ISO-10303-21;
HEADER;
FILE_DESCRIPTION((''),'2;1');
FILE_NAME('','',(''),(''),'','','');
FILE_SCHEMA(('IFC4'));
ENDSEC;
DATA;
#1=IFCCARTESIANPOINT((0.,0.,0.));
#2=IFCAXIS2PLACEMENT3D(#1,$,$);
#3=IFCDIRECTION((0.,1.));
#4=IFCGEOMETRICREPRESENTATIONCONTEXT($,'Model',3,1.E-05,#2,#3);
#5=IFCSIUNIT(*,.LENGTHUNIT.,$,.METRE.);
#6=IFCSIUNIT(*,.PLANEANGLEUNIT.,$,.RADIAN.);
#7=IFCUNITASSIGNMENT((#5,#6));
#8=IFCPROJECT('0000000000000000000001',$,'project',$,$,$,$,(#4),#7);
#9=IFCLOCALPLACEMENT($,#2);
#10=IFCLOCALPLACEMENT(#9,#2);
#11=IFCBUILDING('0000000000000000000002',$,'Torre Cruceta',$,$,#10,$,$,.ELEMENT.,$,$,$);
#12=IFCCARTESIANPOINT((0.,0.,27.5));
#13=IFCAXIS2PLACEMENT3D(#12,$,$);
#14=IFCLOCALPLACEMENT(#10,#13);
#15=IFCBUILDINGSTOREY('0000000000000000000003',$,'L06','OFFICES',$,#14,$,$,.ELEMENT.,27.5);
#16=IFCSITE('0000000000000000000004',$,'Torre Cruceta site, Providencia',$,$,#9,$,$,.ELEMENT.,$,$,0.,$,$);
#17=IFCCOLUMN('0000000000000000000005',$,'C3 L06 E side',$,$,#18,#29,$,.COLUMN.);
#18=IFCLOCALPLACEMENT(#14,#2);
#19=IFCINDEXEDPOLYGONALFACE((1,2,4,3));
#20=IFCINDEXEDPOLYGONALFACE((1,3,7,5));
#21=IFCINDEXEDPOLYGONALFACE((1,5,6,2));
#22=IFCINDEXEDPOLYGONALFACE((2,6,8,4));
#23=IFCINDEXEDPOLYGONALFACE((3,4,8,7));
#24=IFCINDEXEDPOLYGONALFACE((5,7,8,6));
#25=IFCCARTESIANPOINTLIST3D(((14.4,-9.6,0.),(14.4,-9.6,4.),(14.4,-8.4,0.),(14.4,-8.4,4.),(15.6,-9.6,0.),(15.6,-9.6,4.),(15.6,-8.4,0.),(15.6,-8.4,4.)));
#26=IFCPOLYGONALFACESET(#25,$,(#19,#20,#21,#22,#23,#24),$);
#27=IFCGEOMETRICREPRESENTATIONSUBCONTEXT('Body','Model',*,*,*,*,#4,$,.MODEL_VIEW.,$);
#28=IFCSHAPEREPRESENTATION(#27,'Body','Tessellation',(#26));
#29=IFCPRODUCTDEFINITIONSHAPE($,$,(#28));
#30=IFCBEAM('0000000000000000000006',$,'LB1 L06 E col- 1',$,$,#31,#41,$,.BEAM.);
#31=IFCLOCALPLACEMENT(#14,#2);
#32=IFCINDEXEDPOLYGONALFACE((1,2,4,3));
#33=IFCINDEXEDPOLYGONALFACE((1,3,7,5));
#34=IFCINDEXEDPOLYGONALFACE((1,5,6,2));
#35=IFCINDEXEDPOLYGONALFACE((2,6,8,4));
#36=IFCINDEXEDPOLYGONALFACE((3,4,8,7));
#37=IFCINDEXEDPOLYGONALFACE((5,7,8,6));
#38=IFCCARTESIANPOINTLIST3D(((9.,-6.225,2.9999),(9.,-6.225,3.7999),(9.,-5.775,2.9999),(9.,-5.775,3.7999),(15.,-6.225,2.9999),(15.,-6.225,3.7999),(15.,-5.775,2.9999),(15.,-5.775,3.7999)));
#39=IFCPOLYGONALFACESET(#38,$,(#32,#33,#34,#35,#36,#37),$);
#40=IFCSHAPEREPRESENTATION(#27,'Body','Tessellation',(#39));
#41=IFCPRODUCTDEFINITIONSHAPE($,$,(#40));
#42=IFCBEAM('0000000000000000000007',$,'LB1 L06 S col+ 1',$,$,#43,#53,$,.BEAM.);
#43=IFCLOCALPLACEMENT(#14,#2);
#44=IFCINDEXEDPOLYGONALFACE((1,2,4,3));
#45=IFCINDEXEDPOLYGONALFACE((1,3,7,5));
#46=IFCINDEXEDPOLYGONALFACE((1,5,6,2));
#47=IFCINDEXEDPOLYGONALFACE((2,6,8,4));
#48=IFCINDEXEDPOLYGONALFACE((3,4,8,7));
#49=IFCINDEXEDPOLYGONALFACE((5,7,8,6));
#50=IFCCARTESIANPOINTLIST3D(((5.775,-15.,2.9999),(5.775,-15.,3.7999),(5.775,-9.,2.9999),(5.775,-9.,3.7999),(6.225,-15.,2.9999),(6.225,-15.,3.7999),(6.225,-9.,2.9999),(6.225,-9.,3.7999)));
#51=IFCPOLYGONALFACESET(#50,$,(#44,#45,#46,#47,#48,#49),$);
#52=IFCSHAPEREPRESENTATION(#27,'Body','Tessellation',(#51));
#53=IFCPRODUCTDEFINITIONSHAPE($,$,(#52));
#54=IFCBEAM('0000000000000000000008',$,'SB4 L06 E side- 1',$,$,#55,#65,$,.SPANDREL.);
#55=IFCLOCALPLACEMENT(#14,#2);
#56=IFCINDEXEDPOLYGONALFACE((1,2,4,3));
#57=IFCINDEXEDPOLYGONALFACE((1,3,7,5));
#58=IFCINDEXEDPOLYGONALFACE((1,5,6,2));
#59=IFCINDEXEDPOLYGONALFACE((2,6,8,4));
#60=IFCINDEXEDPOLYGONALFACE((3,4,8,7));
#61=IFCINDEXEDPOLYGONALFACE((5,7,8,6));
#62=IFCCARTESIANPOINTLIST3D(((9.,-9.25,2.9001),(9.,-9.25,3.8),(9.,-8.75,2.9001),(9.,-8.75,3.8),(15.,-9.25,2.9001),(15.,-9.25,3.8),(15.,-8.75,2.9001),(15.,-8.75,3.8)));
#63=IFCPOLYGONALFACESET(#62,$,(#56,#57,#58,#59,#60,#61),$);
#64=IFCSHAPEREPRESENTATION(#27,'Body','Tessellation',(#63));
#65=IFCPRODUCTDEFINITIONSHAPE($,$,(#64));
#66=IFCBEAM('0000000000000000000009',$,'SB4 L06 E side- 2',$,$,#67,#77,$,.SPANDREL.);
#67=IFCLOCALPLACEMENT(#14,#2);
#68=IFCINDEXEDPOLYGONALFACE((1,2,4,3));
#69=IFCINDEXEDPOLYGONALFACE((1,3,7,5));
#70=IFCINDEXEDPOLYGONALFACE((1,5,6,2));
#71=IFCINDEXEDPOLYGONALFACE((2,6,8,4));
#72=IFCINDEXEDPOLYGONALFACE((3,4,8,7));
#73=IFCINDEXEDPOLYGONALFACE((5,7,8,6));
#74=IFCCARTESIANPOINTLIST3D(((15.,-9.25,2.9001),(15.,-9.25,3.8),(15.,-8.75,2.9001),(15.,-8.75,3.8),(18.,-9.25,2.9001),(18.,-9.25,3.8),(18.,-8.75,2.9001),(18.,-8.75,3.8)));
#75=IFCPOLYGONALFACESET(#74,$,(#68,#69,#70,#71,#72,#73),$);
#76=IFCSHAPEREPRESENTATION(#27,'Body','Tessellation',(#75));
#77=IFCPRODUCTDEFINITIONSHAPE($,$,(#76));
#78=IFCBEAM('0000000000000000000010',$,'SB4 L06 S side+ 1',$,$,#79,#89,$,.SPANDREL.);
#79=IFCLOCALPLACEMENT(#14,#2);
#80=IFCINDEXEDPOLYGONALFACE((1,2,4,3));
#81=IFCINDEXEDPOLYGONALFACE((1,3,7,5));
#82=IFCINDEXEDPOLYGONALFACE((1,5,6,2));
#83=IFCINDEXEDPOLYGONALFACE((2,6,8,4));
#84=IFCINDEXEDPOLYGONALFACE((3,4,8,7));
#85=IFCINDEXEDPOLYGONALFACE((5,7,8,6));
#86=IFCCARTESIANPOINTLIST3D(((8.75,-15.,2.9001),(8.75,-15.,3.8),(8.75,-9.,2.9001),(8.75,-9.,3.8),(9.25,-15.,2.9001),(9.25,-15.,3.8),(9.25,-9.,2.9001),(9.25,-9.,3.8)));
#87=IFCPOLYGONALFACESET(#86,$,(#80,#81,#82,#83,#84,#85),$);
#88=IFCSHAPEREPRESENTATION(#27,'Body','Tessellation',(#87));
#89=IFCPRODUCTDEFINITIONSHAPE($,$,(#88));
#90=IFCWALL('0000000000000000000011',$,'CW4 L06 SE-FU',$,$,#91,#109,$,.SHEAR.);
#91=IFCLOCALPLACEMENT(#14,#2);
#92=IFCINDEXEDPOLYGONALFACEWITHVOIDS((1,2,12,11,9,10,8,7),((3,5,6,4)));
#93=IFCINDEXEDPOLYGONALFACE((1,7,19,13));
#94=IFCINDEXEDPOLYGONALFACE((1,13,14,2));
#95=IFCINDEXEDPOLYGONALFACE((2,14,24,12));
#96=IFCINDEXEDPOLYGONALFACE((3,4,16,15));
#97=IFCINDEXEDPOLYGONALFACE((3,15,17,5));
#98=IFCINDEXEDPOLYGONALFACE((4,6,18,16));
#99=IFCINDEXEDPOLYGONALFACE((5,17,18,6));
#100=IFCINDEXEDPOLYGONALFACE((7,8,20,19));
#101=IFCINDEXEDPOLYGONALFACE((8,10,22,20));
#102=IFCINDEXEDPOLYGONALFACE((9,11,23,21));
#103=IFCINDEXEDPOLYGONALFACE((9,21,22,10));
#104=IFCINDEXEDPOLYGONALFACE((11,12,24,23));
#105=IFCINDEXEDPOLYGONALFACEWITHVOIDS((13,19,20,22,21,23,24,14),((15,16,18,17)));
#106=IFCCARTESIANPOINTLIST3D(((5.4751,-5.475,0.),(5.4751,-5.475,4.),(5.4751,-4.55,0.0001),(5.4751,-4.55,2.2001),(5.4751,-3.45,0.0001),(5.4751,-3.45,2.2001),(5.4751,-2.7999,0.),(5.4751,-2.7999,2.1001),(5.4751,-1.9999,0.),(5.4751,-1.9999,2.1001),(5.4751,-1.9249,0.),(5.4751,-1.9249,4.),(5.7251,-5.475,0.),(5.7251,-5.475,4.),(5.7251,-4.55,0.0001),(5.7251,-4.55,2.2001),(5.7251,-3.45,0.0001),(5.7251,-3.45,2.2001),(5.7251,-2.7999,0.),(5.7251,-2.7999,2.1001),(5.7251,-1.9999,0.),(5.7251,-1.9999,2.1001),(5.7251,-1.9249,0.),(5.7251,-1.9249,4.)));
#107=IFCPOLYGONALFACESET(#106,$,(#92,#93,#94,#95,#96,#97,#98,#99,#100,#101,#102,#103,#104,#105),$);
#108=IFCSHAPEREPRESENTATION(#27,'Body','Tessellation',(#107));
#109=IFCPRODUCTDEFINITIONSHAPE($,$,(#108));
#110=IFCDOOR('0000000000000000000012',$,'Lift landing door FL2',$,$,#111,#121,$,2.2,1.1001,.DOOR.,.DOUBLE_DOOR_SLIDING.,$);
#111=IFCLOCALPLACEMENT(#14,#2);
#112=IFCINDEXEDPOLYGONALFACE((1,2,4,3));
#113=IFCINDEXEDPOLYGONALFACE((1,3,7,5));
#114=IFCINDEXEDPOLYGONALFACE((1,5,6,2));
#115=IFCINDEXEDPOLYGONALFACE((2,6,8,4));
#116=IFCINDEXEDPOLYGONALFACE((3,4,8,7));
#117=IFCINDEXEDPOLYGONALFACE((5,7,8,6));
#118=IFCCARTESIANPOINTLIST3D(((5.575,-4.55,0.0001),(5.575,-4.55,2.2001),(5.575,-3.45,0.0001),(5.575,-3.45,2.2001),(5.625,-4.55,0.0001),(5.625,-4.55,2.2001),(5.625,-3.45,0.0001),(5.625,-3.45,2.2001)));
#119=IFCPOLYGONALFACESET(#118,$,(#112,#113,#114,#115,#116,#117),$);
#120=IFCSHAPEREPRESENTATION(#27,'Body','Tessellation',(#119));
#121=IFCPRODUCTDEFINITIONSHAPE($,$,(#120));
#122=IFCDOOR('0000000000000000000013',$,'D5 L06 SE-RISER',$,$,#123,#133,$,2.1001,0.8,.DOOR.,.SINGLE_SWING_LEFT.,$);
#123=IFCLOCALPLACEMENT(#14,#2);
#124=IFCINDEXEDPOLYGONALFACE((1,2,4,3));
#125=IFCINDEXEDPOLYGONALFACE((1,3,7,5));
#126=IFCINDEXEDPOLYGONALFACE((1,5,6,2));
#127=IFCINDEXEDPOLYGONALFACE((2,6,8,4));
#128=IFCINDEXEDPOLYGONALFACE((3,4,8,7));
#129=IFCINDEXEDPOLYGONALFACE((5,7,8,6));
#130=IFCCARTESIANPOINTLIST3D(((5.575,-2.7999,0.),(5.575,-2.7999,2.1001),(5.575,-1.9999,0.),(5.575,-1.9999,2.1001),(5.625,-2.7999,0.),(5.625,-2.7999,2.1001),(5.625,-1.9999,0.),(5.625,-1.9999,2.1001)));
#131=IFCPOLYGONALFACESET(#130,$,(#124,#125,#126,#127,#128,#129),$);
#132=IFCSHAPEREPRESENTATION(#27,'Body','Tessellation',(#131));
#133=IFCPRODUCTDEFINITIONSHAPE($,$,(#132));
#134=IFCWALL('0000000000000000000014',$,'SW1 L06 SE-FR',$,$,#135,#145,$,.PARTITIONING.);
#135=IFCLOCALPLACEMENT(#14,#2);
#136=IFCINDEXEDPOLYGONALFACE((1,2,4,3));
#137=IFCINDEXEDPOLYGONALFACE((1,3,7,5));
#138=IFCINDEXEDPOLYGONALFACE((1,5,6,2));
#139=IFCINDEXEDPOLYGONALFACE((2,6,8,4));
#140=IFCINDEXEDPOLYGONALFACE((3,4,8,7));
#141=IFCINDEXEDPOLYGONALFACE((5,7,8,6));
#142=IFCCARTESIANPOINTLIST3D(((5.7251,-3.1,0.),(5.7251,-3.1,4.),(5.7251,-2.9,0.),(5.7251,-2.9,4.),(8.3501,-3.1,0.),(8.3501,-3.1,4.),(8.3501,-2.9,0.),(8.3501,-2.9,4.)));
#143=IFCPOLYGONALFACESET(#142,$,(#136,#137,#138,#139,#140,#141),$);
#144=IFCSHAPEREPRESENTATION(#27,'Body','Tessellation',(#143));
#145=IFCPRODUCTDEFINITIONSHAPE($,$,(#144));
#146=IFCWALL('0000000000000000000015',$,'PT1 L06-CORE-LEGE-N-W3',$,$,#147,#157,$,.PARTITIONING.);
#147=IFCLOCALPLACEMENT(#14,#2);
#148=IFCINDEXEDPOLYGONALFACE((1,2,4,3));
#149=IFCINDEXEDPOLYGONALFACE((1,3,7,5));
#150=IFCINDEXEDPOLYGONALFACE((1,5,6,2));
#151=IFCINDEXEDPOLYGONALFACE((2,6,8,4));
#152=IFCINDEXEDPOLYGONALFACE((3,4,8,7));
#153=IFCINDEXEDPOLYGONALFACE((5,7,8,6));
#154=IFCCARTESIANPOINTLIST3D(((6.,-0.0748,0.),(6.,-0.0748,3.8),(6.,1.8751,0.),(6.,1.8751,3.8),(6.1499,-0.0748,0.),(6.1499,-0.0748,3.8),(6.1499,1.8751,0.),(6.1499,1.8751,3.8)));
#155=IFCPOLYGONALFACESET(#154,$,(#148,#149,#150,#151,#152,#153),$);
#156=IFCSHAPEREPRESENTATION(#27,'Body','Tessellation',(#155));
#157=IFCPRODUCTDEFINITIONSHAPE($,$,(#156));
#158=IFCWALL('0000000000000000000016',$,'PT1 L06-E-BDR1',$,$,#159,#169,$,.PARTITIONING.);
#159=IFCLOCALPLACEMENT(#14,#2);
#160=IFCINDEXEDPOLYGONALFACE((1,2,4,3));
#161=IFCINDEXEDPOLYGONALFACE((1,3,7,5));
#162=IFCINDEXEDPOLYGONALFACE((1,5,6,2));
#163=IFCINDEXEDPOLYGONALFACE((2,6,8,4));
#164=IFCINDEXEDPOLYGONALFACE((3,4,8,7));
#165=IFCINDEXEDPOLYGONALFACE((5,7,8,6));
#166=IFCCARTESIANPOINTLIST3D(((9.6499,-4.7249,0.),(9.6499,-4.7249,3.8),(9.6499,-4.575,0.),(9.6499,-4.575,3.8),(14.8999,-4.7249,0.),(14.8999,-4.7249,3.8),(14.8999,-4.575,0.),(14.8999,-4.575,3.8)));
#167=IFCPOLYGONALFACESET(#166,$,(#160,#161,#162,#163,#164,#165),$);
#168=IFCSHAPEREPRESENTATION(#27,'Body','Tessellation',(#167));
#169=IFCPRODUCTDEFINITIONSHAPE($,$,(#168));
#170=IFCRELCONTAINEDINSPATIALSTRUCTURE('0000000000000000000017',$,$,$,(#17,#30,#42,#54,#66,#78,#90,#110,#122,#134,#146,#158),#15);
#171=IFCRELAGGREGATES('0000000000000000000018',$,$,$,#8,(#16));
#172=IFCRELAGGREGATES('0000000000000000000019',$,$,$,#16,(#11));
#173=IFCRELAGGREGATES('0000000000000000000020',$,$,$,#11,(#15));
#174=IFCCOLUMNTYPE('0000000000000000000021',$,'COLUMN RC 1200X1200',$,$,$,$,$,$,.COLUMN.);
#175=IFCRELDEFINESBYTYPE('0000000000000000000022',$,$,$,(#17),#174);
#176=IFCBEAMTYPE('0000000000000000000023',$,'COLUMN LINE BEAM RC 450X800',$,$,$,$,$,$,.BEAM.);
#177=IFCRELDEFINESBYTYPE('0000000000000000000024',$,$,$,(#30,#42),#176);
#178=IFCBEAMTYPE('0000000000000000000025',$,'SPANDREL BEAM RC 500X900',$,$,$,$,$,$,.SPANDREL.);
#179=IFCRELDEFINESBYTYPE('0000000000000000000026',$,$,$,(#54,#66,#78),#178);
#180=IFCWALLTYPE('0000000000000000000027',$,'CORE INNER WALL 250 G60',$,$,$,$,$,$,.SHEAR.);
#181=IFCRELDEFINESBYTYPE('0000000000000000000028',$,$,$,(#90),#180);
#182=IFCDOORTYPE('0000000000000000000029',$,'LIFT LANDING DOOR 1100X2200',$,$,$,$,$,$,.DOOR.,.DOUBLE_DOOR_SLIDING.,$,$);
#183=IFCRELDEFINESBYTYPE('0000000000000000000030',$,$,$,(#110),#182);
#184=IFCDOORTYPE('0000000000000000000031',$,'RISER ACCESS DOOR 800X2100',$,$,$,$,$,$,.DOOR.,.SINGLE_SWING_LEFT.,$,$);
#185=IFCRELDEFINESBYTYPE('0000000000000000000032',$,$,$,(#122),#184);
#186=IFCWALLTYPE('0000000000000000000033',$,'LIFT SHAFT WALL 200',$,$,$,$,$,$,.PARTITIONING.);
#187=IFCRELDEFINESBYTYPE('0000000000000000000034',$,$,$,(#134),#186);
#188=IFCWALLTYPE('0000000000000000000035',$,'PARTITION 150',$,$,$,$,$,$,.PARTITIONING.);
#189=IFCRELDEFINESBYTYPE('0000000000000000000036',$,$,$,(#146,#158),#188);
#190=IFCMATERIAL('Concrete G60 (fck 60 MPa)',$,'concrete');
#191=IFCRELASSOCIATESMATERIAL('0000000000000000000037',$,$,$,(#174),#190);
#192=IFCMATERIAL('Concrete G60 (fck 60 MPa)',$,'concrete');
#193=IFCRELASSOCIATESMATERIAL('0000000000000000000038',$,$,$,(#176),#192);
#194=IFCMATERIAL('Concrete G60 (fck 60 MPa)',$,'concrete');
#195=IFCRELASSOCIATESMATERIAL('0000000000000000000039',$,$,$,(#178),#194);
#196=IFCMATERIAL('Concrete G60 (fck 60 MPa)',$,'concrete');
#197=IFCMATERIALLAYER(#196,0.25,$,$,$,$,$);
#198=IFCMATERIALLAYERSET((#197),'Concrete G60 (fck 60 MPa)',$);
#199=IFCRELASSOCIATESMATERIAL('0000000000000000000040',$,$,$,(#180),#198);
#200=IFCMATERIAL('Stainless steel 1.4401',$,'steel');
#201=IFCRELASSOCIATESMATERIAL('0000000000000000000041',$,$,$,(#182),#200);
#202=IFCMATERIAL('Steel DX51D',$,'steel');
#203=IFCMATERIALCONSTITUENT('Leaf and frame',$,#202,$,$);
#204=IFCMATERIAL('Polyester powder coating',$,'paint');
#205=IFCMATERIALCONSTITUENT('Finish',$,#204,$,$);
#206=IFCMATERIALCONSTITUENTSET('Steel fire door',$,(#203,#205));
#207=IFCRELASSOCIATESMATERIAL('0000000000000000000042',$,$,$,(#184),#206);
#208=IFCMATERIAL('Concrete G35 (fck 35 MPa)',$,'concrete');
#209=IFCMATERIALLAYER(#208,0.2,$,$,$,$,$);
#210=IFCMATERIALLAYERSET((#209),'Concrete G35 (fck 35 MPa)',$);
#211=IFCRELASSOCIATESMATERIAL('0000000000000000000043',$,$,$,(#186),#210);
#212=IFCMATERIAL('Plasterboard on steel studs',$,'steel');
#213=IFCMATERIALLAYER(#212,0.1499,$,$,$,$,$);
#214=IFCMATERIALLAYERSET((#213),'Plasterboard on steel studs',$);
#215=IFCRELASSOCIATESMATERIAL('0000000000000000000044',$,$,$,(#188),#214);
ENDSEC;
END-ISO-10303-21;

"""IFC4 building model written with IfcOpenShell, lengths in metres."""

from ifc_helpers import new_model, si_unit, direction, frame, frame_2d, origin, origin_2d, place, context, subcontext, project, spatial, rectangle, extrude, material, layer, layer_set, constituent, constituent_set, material_profile, profile_set, type_object, element, fill, save


model = new_model("IFC4")

# Units and contexts
model_context = context("Model", 3, precision=1e-05, world=origin(), true_north=direction((0.0, 1.0)))
body_context = subcontext(model_context, "Body", "Model", "MODEL_VIEW")
ifc_project = project(units=[si_unit("LENGTHUNIT", "METRE"), si_unit("PLANEANGLEUNIT", "RADIAN")], contexts=[model_context])

# Site, building, storey
site_placement = place(None, origin())
site = spatial("IfcSite", under=ifc_project, at=site_placement, Name="Torre Cruceta site, Providencia", CompositionType="ELEMENT", RefElevation=0.0)
building_placement = place(site_placement, origin())
building = spatial("IfcBuilding", under=site, at=building_placement, Name="Torre Cruceta", CompositionType="ELEMENT")
storey_placement = place(building_placement, frame((0.0, 0.0, 27.5)))
storey = spatial("IfcBuildingStorey", under=building, at=storey_placement, Name="L06", Description="OFFICES", CompositionType="ELEMENT", Elevation=27.5)

# Column
ifc_material_1 = material(Name="Concrete G60 (fck 60 MPa)", Category="concrete")
ifc_material_profile_1 = material_profile(ifc_material_1, rectangle(XDim=1.2, YDim=1.2, at=origin_2d()), Name="RC 1200X1200")
ifc_profile_set_1 = profile_set([ifc_material_profile_1], Name="Concrete G60 (fck 60 MPa)")
column_type = type_object("IfcColumnType", Name="COLUMN RC 1200X1200", PredefinedType="COLUMN", material=ifc_profile_set_1)
column_placement = place(storey_placement, frame((15.0, -9.0, 0.0), z_axis=(0.0, 0.0, 1.0), x_axis=(1.0, 0.0, 0.0)))
element("IfcColumn", 1, at=column_placement, inside=storey, type_object=column_type, Name="C3 L06 E side", PredefinedType="COLUMN", context=body_context, shape_type="SweptSolid", body=[
    extrude(rectangle(XDim=1.2, YDim=1.2, at=origin_2d()), origin(), (0.0, 0.0, 1.0), 4.0),
])

# Beams
ifc_material_2 = material(Name="Concrete G60 (fck 60 MPa)", Category="concrete")
ifc_material_profile_2 = material_profile(ifc_material_2, rectangle(XDim=0.45, YDim=0.8, at=origin_2d()), Name="RC 450X800")
ifc_profile_set_2 = profile_set([ifc_material_profile_2], Name="Concrete G60 (fck 60 MPa)")
beam_type_1 = type_object("IfcBeamType", Name="COLUMN LINE BEAM RC 450X800", PredefinedType="BEAM", material=ifc_profile_set_2)
for number, where, z_axis, x_axis, name in (
    (2, (9.0, -6.0, 3.3999), (1.0, 0.0, 0.0), (0.0, 1.0, 0.0), "LB1 L06 E col- 1"),
    (3, (6.0, -9.0, 3.3999), (0.0, -1.0, 0.0), (1.0, 0.0, 0.0), "LB1 L06 S col+ 1"),
):
    element("IfcBeam", number, at=place(storey_placement, frame(where, z_axis=z_axis, x_axis=x_axis)), inside=storey, type_object=beam_type_1, Name=name, PredefinedType="BEAM", context=body_context, shape_type="SweptSolid", body=[
        extrude(rectangle(XDim=0.45, YDim=0.8, at=origin_2d()), origin(), (0.0, 0.0, 1.0), 6.0),
    ])
ifc_material_3 = material(Name="Concrete G60 (fck 60 MPa)", Category="concrete")
ifc_material_profile_3 = material_profile(ifc_material_3, rectangle(XDim=0.5, YDim=0.8999, at=origin_2d()), Name="RC 500X900")
ifc_profile_set_3 = profile_set([ifc_material_profile_3], Name="Concrete G60 (fck 60 MPa)")
beam_type_2 = type_object("IfcBeamType", Name="SPANDREL BEAM RC 500X900", PredefinedType="SPANDREL", material=ifc_profile_set_3)
beam_1_placement = place(storey_placement, frame((9.0, -9.0, 3.3501), z_axis=(1.0, 0.0, 0.0), x_axis=(0.0, 1.0, 0.0)))
element("IfcBeam", 4, at=beam_1_placement, inside=storey, type_object=beam_type_2, Name="SB4 L06 E side- 1", PredefinedType="SPANDREL", context=body_context, shape_type="SweptSolid", body=[
    extrude(rectangle(XDim=0.5, YDim=0.8999, at=origin_2d()), origin(), (0.0, 0.0, 1.0), 6.0),
])
beam_2_placement = place(storey_placement, frame((15.0, -9.0, 3.3501), z_axis=(1.0, 0.0, 0.0), x_axis=(0.0, 1.0, 0.0)))
element("IfcBeam", 5, at=beam_2_placement, inside=storey, type_object=beam_type_2, Name="SB4 L06 E side- 2", PredefinedType="SPANDREL", context=body_context, shape_type="SweptSolid", body=[
    extrude(rectangle(XDim=0.5, YDim=0.8999, at=origin_2d()), origin(), (0.0, 0.0, 1.0), 3.0),
])
beam_3_placement = place(storey_placement, frame((9.0, -9.0, 3.3501), z_axis=(0.0, -1.0, 0.0), x_axis=(1.0, 0.0, 0.0)))
element("IfcBeam", 6, at=beam_3_placement, inside=storey, type_object=beam_type_2, Name="SB4 L06 S side+ 1", PredefinedType="SPANDREL", context=body_context, shape_type="SweptSolid", body=[
    extrude(rectangle(XDim=0.5, YDim=0.8999, at=origin_2d()), origin(), (0.0, 0.0, 1.0), 6.0),
])

# Wall, openings, doors
ifc_material_4 = material(Name="Concrete G60 (fck 60 MPa)", Category="concrete")
ifc_layer_1 = layer(ifc_material_4, 0.25)
ifc_layer_set_1 = layer_set([ifc_layer_1], Name="Concrete G60 (fck 60 MPa)")
wall_type_1 = type_object("IfcWallType", Name="CORE INNER WALL 250 G60", PredefinedType="SHEAR", material=ifc_layer_set_1)
wall_1_placement = place(storey_placement, frame((5.6001, -1.925, 0.0), z_axis=(0.0, 0.0, 1.0), x_axis=(0.0, -1.0, 0.0)))
wall_1 = element("IfcWall", 7, at=wall_1_placement, inside=storey, type_object=wall_type_1, Name="CW4 L06 SE-FU", PredefinedType="SHEAR", context=body_context, shape_type="SweptSolid", body=[
    extrude(rectangle(XDim=3.55, YDim=0.25, at=frame_2d((1.7749, 0.0))), origin(), (0.0, 0.0, 1.0), 4.0),
])
opening_1_placement = place(wall_1_placement, frame((1.5249, 0.0, 0.0)))
opening_1 = element("IfcOpeningElement", 8, at=opening_1_placement, cuts=wall_1, PredefinedType="OPENING", context=body_context, shape_type="SweptSolid", body=[
    extrude(rectangle(XDim=1.1001, YDim=2.2, at=frame_2d((0.55, 1.1001))), frame((0.0, 0.135, 0.0), z_axis=(0.0, -1.0, 0.0), x_axis=(1.0, 0.0, 0.0)), (0.0, 0.0, 1.0), 0.27),
])
opening_2_placement = place(wall_1_placement, frame((0.075, 0.0, 0.0)))
opening_2 = element("IfcOpeningElement", 9, at=opening_2_placement, cuts=wall_1, PredefinedType="OPENING", context=body_context, shape_type="SweptSolid", body=[
    extrude(rectangle(XDim=0.8, YDim=2.1001, at=frame_2d((0.3999, 1.05))), frame((0.0, 0.135, 0.0), z_axis=(0.0, -1.0, 0.0), x_axis=(1.0, 0.0, 0.0)), (0.0, 0.0, 1.0), 0.27),
])
ifc_material_5 = material(Name="Stainless steel 1.4401", Category="steel")
door_type_1 = type_object("IfcDoorType", Name="LIFT LANDING DOOR 1100X2200", OperationType="DOUBLE_DOOR_SLIDING", PredefinedType="DOOR", material=ifc_material_5)
door_1_placement = place(opening_1_placement, origin())
door_1 = element("IfcDoor", 10, at=door_1_placement, inside=storey, type_object=door_type_1, Name="Lift landing door FL2", OperationType="DOUBLE_DOOR_SLIDING", OverallHeight=2.2, OverallWidth=1.1001, PredefinedType="DOOR", context=body_context, shape_type="SweptSolid", body=[
    extrude(rectangle(XDim=1.1001, YDim=2.2, at=frame_2d((0.55, 1.1001))), frame((0.0, 0.0249, 0.0), z_axis=(0.0, -1.0, 0.0), x_axis=(1.0, 0.0, 0.0)), (0.0, 0.0, 1.0), 0.05),
])
fill(opening_1, door_1)
ifc_material_6 = material(Name="Steel DX51D", Category="steel")
ifc_constituent_1 = constituent(ifc_material_6, Name="Leaf and frame")
ifc_material_7 = material(Name="Polyester powder coating", Category="paint")
ifc_constituent_2 = constituent(ifc_material_7, Name="Finish")
ifc_constituent_set_1 = constituent_set(constituents=[ifc_constituent_1, ifc_constituent_2], Name="Steel fire door")
door_type_2 = type_object("IfcDoorType", Name="RISER ACCESS DOOR 800X2100", OperationType="SINGLE_SWING_LEFT", PredefinedType="DOOR", material=ifc_constituent_set_1)
door_2_placement = place(opening_2_placement, origin())
door_2 = element("IfcDoor", 11, at=door_2_placement, inside=storey, type_object=door_type_2, Name="D5 L06 SE-RISER", OperationType="SINGLE_SWING_LEFT", OverallHeight=2.1001, OverallWidth=0.8, PredefinedType="DOOR", context=body_context, shape_type="SweptSolid", body=[
    extrude(rectangle(XDim=0.8, YDim=2.1001, at=frame_2d((0.3999, 1.05))), frame((0.0, 0.0249, 0.0), z_axis=(0.0, -1.0, 0.0), x_axis=(1.0, 0.0, 0.0)), (0.0, 0.0, 1.0), 0.05),
])
fill(opening_2, door_2)

# Walls
ifc_material_8 = material(Name="Concrete G35 (fck 35 MPa)", Category="concrete")
ifc_layer_2 = layer(ifc_material_8, 0.2)
ifc_layer_set_2 = layer_set([ifc_layer_2], Name="Concrete G35 (fck 35 MPa)")
wall_type_2 = type_object("IfcWallType", Name="LIFT SHAFT WALL 200", PredefinedType="PARTITIONING", material=ifc_layer_set_2)
wall_2_placement = place(storey_placement, frame((5.7251, -3.0, 0.0), z_axis=(0.0, 0.0, 1.0), x_axis=(1.0, 0.0, 0.0)))
element("IfcWall", 12, at=wall_2_placement, inside=storey, type_object=wall_type_2, Name="SW1 L06 SE-FR", PredefinedType="PARTITIONING", context=body_context, shape_type="SweptSolid", body=[
    extrude(rectangle(XDim=2.625, YDim=0.2, at=frame_2d((1.3125, 0.0))), origin(), (0.0, 0.0, 1.0), 4.0),
])
ifc_material_9 = material(Name="Plasterboard on steel studs", Category="steel")
ifc_layer_3 = layer(ifc_material_9, 0.1499)
ifc_layer_set_3 = layer_set([ifc_layer_3], Name="Plasterboard on steel studs")
wall_type_3 = type_object("IfcWallType", Name="PARTITION 150", PredefinedType="PARTITIONING", material=ifc_layer_set_3)
wall_3_placement = place(storey_placement, frame((6.075, -0.075, 0.0), z_axis=(0.0, 0.0, 1.0), x_axis=(0.0, 1.0, 0.0)))
element("IfcWall", 13, at=wall_3_placement, inside=storey, type_object=wall_type_3, Name="PT1 L06-CORE-LEGE-N-W3", PredefinedType="PARTITIONING", context=body_context, shape_type="SweptSolid", body=[
    extrude(rectangle(XDim=1.95, YDim=0.1499, at=frame_2d((0.9751, 0.0))), origin(), (0.0, 0.0, 1.0), 3.8),
])
wall_4_placement = place(storey_placement, frame((9.6499, -4.6499, 0.0), z_axis=(0.0, 0.0, 1.0), x_axis=(1.0, 0.0, 0.0)))
element("IfcWall", 14, at=wall_4_placement, inside=storey, type_object=wall_type_3, Name="PT1 L06-E-BDR1", PredefinedType="PARTITIONING", context=body_context, shape_type="SweptSolid", body=[
    extrude(rectangle(XDim=5.25, YDim=0.1499, at=frame_2d((2.625, 0.0))), origin(), (0.0, 0.0, 1.0), 3.8),
])

save(model, "model.ifc")
